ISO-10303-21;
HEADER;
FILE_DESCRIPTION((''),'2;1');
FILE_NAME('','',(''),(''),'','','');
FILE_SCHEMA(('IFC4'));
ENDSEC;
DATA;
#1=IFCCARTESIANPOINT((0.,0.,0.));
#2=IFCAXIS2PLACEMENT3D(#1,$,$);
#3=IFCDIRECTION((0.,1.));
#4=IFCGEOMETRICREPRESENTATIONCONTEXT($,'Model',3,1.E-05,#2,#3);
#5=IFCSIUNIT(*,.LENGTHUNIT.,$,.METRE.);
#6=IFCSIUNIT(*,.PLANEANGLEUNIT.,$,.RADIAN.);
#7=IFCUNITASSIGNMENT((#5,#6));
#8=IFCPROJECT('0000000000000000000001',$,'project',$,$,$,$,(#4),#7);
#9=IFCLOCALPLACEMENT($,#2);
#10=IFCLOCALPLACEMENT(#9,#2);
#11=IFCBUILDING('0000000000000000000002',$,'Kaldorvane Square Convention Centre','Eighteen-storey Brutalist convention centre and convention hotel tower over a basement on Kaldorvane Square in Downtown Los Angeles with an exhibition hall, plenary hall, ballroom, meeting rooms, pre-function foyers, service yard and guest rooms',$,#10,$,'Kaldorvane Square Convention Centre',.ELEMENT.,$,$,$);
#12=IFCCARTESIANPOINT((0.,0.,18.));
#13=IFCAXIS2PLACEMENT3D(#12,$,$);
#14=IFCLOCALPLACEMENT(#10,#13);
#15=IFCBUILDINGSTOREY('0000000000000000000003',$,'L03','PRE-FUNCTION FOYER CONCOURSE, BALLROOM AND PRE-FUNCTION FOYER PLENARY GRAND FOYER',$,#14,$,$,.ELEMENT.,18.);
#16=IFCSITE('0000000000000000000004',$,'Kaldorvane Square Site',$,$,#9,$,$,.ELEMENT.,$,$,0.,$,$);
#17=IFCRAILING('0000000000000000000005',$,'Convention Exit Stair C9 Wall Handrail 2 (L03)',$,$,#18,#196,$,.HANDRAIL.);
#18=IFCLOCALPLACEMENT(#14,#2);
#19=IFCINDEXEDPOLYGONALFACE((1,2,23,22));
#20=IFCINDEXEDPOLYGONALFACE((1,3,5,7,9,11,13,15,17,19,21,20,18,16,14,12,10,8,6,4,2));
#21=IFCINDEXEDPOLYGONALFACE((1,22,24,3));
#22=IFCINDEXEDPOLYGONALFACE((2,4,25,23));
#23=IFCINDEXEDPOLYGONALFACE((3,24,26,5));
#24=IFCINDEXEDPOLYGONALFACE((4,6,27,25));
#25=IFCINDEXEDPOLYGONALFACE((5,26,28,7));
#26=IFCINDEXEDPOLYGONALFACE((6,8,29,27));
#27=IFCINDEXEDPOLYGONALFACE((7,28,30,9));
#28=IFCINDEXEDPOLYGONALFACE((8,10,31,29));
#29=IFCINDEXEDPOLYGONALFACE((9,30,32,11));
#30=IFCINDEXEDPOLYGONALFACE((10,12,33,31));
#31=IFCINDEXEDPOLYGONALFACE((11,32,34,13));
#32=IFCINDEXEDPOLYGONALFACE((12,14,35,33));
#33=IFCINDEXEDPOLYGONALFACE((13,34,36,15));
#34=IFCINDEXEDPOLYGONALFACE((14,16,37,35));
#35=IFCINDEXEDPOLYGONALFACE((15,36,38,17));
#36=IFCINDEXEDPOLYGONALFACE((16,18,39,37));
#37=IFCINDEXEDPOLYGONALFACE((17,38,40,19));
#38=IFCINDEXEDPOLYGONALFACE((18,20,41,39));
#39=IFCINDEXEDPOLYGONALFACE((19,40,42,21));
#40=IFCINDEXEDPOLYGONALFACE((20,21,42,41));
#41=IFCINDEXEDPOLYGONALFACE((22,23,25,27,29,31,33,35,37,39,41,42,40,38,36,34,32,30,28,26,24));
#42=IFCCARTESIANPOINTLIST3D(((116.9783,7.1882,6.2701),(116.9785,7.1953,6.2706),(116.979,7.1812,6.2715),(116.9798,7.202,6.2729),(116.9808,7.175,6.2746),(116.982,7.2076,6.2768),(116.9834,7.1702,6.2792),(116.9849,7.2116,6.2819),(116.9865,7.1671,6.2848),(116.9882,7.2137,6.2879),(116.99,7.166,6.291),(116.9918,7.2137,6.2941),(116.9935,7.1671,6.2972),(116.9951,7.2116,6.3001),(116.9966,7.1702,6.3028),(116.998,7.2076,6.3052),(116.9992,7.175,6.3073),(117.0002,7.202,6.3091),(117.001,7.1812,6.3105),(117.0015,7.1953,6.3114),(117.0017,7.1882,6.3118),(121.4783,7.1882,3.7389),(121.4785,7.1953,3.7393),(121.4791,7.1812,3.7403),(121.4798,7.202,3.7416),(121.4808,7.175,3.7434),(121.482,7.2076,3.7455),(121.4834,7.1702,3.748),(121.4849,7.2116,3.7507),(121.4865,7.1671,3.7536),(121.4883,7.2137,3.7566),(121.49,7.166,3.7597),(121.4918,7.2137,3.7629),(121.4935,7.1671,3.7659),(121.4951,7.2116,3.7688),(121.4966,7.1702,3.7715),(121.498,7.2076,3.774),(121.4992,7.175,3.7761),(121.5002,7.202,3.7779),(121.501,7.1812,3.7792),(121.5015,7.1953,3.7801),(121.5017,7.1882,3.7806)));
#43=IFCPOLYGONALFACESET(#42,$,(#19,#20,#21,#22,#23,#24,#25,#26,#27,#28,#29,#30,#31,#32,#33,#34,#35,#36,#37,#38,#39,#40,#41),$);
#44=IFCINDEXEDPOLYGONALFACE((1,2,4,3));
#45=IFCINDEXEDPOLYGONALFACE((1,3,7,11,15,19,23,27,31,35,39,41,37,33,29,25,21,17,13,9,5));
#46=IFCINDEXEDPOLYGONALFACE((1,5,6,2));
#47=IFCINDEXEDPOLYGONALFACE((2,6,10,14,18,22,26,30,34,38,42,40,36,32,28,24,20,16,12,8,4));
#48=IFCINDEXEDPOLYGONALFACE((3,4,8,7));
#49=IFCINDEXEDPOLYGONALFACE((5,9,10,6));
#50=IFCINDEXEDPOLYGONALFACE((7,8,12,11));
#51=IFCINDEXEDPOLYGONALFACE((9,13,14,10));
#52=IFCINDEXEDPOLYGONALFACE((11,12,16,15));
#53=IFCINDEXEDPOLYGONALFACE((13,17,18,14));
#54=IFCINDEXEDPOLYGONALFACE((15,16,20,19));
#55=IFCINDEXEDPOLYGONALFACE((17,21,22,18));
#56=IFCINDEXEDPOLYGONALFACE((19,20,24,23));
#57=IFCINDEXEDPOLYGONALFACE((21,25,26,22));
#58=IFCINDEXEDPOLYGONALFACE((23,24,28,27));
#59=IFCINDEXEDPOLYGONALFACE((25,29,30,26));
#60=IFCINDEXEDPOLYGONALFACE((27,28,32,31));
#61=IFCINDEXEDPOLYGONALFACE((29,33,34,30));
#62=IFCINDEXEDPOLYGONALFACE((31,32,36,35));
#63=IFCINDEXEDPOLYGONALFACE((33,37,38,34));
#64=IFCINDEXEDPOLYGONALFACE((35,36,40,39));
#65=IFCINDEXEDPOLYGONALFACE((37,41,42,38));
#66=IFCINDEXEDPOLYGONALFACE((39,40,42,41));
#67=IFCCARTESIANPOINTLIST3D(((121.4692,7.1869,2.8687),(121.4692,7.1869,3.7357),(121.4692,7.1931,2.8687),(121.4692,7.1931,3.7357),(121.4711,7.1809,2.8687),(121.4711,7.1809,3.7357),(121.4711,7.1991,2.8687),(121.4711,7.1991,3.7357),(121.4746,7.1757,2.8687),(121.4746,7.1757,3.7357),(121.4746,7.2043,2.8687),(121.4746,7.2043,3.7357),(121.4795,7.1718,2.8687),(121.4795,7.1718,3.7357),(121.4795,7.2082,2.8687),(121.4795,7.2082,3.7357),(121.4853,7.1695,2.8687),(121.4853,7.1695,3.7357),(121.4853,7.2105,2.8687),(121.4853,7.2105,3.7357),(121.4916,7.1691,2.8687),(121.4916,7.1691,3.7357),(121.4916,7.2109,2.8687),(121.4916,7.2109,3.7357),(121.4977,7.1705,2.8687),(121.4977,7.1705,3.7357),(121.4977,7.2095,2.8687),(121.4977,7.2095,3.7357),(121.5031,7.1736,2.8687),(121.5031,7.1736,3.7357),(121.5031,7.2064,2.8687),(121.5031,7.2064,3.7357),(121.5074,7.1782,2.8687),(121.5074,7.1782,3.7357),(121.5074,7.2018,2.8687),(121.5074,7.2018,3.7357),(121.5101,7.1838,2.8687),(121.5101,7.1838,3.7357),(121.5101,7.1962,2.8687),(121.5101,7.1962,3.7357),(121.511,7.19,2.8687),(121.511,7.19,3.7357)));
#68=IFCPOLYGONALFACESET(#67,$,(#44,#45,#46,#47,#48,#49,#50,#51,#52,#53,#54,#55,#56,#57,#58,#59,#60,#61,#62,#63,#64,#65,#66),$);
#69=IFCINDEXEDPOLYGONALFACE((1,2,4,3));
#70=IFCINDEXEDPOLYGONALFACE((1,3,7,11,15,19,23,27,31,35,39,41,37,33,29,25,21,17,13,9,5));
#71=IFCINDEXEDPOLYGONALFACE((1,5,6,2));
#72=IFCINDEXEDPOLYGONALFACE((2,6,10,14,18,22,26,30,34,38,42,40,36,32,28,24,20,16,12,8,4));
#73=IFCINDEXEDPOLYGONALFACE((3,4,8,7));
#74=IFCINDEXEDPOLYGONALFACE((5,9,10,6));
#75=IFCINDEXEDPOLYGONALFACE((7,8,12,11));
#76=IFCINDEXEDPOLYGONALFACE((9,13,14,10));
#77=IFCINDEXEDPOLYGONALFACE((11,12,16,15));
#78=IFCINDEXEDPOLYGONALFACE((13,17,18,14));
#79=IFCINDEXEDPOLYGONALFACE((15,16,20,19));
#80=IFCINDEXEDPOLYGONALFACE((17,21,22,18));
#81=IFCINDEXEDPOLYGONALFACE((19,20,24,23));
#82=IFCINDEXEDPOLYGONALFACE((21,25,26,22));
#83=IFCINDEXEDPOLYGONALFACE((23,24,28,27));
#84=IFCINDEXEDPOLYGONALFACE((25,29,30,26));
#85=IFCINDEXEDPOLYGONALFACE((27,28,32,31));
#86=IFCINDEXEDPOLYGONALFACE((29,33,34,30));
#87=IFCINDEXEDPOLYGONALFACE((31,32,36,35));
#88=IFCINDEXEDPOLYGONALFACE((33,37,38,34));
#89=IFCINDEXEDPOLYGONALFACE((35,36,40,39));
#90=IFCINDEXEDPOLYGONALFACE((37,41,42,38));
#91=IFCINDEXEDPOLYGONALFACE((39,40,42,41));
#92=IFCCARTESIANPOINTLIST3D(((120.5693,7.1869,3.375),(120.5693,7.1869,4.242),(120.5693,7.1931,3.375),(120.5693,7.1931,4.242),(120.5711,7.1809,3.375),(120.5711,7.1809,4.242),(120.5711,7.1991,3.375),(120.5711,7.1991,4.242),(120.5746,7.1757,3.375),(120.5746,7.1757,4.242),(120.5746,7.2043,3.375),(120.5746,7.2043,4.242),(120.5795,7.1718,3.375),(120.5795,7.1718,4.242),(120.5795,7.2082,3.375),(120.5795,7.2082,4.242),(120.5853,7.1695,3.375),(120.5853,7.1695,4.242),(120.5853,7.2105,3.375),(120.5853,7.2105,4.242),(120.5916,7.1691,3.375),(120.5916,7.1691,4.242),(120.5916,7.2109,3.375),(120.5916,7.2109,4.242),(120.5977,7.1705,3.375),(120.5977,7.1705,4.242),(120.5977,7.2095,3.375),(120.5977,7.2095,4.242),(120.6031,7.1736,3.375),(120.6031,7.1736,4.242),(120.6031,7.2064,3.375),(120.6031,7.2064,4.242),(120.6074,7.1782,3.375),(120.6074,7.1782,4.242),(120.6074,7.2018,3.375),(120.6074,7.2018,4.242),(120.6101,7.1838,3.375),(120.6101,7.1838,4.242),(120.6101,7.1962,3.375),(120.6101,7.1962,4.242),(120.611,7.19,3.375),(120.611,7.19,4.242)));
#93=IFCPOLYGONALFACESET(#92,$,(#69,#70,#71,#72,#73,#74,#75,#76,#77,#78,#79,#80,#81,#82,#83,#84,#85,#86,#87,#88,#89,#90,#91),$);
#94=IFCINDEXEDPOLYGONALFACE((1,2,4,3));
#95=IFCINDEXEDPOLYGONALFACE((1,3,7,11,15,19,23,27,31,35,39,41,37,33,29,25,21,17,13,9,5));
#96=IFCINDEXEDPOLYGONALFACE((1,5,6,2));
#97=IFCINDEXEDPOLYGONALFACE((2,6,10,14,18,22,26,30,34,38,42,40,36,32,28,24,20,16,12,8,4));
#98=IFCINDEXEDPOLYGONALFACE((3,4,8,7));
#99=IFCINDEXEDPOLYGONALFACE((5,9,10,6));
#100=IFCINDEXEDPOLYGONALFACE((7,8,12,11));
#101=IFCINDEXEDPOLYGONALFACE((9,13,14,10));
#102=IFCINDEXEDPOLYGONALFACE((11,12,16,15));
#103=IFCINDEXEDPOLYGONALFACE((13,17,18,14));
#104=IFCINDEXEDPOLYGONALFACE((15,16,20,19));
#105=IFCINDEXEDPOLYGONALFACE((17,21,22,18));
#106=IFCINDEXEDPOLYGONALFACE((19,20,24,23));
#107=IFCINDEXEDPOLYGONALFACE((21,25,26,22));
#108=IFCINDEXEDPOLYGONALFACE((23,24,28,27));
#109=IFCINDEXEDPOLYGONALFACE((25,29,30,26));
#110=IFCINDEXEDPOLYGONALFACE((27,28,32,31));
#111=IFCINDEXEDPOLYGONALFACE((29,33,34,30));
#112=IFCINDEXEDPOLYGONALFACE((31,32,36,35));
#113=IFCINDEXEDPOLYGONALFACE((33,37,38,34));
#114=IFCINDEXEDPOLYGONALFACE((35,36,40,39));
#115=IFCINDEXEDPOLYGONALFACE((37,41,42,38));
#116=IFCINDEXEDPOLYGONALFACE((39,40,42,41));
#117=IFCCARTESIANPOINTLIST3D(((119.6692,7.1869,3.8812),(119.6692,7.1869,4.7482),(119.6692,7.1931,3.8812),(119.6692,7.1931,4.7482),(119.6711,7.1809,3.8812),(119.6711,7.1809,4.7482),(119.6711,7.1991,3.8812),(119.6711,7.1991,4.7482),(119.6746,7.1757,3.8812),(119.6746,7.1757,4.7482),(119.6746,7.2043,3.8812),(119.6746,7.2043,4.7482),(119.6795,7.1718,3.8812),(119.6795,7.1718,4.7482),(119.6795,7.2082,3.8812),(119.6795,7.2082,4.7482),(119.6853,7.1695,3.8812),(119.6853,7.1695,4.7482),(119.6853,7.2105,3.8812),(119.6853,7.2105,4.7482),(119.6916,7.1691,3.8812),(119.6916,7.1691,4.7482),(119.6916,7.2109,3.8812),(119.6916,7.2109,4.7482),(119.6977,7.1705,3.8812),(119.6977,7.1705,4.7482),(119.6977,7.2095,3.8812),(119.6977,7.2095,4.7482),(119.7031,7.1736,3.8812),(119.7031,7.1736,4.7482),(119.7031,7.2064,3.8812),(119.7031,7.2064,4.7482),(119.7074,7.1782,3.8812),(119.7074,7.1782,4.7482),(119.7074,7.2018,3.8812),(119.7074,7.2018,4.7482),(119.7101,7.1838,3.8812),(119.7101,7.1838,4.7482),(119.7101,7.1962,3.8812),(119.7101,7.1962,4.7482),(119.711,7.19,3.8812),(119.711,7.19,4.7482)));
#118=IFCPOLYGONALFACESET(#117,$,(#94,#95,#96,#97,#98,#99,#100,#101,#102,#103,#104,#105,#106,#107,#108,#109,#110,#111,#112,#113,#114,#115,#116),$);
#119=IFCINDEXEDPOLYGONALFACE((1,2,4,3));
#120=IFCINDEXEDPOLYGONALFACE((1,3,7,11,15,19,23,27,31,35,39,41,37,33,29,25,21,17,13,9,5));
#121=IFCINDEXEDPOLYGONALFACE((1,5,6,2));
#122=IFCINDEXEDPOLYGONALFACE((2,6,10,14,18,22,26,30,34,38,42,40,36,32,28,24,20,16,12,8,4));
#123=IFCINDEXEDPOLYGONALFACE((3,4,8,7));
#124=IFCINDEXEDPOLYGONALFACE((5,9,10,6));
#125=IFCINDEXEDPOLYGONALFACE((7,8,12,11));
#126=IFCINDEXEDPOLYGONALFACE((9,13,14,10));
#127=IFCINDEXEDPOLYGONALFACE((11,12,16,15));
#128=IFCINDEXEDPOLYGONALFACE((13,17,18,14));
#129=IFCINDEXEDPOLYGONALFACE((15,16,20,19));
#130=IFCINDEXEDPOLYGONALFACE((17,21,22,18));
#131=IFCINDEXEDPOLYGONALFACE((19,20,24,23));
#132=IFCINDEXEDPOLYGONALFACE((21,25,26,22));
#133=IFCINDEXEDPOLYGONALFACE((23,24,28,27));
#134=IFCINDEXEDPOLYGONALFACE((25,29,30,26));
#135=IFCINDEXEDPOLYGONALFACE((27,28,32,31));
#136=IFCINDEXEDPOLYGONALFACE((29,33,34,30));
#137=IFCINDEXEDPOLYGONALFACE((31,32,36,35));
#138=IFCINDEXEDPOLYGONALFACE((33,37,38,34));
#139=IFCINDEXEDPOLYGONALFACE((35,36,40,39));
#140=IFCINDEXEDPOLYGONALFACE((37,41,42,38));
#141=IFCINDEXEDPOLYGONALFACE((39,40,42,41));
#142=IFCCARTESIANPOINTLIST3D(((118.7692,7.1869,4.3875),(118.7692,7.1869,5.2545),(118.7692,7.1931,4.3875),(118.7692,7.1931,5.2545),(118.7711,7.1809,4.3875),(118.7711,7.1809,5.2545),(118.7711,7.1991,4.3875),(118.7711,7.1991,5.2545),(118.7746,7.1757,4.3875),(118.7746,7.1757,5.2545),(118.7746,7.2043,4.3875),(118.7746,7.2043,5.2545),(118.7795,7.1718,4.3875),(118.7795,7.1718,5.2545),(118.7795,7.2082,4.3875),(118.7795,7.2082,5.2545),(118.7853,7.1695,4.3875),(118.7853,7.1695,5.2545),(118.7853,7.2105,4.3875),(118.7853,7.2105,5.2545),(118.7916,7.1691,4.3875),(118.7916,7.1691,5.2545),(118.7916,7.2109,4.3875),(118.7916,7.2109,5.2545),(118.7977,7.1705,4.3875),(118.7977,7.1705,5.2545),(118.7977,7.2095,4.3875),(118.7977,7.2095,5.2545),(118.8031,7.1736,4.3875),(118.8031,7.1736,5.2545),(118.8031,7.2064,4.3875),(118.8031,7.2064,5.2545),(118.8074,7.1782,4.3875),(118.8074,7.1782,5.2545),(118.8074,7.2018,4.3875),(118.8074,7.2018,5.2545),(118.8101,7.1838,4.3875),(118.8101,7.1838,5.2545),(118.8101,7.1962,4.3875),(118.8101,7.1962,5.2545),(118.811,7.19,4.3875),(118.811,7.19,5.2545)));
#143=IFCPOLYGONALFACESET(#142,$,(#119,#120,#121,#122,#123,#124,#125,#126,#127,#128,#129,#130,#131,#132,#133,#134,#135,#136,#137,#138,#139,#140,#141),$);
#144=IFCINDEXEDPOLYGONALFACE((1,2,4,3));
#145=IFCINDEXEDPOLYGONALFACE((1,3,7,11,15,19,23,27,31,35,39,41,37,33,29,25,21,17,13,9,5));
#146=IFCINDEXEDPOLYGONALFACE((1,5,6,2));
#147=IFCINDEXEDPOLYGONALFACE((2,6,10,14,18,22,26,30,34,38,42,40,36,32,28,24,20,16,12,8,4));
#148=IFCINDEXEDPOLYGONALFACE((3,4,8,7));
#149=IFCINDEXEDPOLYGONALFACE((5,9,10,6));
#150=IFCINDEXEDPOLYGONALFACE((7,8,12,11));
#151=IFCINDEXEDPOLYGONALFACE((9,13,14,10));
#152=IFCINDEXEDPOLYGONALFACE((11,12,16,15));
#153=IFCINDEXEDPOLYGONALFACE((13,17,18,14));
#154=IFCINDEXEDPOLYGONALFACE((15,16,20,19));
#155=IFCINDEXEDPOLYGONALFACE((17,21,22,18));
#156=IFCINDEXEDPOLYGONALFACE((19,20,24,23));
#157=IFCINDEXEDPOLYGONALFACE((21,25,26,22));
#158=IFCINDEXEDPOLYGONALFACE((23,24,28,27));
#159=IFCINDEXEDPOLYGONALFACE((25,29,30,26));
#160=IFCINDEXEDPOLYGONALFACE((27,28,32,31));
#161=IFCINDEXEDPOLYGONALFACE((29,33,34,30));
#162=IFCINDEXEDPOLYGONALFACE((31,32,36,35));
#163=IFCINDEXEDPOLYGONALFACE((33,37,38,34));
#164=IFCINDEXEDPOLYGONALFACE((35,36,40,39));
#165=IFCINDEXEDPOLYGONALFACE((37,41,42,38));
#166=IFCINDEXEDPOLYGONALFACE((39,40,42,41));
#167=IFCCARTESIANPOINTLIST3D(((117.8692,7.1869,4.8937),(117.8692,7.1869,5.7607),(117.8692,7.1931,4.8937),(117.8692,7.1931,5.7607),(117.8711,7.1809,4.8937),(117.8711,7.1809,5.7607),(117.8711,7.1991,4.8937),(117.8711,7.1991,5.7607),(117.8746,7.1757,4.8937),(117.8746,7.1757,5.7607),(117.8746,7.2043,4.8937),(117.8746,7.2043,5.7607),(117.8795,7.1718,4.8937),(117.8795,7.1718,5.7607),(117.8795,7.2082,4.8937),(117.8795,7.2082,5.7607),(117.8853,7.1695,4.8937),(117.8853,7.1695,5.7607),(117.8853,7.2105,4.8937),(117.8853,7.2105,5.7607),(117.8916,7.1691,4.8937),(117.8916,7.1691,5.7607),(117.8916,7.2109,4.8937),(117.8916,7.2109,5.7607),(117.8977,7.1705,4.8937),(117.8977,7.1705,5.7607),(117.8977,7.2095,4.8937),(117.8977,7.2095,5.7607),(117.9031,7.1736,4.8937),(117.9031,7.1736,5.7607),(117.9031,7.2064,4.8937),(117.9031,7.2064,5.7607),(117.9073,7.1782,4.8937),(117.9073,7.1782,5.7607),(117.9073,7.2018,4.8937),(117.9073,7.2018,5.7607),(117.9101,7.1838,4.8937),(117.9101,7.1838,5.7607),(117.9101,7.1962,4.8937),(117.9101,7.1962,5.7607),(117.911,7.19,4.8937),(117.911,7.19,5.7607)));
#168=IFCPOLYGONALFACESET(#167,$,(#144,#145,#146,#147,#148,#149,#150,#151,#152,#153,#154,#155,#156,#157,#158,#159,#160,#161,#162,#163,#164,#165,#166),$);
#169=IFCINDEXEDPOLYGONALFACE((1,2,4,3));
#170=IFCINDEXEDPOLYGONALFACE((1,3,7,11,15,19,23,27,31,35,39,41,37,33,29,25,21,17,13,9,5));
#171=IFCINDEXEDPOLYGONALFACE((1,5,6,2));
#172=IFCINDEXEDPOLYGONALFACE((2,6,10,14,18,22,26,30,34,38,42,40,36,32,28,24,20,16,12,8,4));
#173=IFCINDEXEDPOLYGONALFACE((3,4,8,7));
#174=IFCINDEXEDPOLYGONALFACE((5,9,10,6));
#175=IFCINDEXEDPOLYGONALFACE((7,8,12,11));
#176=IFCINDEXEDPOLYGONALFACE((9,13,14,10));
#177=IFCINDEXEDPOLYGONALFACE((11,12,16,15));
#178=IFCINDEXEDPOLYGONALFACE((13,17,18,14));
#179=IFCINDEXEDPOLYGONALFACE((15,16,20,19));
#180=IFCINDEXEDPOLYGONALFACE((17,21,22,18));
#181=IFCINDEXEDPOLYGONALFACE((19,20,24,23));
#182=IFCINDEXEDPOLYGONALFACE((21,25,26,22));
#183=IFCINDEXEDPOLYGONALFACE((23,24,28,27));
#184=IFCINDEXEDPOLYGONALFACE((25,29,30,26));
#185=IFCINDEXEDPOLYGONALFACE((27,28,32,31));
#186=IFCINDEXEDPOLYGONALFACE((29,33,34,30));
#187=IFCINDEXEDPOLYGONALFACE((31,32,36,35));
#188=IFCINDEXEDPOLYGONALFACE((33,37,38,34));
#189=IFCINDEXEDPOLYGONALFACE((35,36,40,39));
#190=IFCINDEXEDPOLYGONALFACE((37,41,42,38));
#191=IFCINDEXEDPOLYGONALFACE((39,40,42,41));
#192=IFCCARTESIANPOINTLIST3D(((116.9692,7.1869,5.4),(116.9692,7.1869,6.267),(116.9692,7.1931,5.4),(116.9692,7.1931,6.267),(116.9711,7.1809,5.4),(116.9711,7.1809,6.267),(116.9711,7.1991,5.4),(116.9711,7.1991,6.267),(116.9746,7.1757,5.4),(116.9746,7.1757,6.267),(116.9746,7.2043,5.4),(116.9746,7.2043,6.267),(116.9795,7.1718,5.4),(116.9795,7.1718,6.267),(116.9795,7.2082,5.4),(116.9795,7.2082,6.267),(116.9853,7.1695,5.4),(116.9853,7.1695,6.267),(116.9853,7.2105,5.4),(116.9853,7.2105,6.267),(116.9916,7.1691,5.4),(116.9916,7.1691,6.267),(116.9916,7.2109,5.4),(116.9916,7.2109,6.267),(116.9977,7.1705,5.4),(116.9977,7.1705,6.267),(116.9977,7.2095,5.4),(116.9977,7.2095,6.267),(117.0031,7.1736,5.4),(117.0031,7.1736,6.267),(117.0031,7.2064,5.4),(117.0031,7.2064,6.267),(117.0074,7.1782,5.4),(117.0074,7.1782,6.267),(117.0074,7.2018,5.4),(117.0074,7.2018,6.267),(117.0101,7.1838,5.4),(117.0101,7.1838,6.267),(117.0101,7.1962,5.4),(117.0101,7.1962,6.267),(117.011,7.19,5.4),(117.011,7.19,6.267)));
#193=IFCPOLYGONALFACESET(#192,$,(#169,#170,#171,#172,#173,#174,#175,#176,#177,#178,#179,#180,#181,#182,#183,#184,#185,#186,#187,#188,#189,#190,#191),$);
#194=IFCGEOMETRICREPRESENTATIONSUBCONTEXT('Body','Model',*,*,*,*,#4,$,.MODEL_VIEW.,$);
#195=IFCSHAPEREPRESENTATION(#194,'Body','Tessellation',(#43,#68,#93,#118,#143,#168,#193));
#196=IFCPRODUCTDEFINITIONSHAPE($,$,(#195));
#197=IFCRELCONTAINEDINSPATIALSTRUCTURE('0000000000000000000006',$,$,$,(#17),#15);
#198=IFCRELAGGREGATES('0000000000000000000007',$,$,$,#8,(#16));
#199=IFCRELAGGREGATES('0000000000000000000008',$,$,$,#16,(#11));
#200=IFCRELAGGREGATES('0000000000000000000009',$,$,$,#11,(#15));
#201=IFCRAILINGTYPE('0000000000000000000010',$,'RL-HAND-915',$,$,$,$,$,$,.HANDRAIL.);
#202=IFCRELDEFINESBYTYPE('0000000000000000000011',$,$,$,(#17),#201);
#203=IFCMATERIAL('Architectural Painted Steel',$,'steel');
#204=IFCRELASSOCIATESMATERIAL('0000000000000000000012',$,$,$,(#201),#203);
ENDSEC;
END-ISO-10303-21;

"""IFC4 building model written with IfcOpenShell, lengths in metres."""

from ifc_helpers import new_model, si_unit, direction, frame, origin, origin_2d, place, context, subcontext, project, spatial, circle, extrude, material, type_object, element, save


model = new_model("IFC4")

# Units and contexts
model_context = context("Model", 3, precision=1e-05, world=origin(), true_north=direction((0.0, 1.0)))
body_context = subcontext(model_context, "Body", "Model", "MODEL_VIEW")
ifc_project = project(units=[si_unit("LENGTHUNIT", "METRE"), si_unit("PLANEANGLEUNIT", "RADIAN")], contexts=[model_context])

# Site, building, storey
site_placement = place(None, origin())
site = spatial("IfcSite", under=ifc_project, at=site_placement, Name="Kaldorvane Square Site", CompositionType="ELEMENT", RefElevation=0.0)
building_placement = place(site_placement, origin())
building = spatial("IfcBuilding", under=site, at=building_placement, Name="Kaldorvane Square Convention Centre", Description="Eighteen-storey Brutalist convention centre and convention hotel tower over a basement on Kaldorvane Square in Downtown Los Angeles with an exhibition hall, plenary hall, ballroom, meeting rooms, pre-function foyers, service yard and guest rooms", LongName="Kaldorvane Square Convention Centre", CompositionType="ELEMENT")
storey_placement = place(building_placement, frame((0.0, 0.0, 18.0)))
storey = spatial("IfcBuildingStorey", under=building, at=storey_placement, Name="L03", Description="PRE-FUNCTION FOYER CONCOURSE, BALLROOM AND PRE-FUNCTION FOYER PLENARY GRAND FOYER", CompositionType="ELEMENT", Elevation=18.0)

# Railing
ifc_material_1 = material(Name="Architectural Painted Steel", Category="steel")
railing_type_1 = type_object("IfcRailingType", Name="RL-HAND-915", PredefinedType="HANDRAIL", material=ifc_material_1)
railing_1_placement = place(storey_placement, frame((121.49, 7.19, 2.8687)))
element("IfcRailing", 1, at=railing_1_placement, inside=storey, type_object=railing_type_1, Name="Convention Exit Stair C9 Wall Handrail 2 (L03)", PredefinedType="HANDRAIL", context=body_context, shape_type="SweptSolid", body=[
    extrude(circle(Radius=0.024, at=origin_2d()), frame((0.0, 0.0, 0.891), z_axis=(-0.871576, 0.0, 0.490261), x_axis=(0.0, -1.0, 0.0)), (0.0, 0.0, 1.0), 5.1631),
    extrude(circle(Radius=0.021, at=origin_2d()), origin(), (0.0, 0.0, 1.0), 0.867),
    extrude(circle(Radius=0.021, at=origin_2d()), frame((-0.9, 0.0, 0.5063)), (0.0, 0.0, 1.0), 0.867),
    extrude(circle(Radius=0.021, at=origin_2d()), frame((-1.8, 0.0, 1.0125)), (0.0, 0.0, 1.0), 0.867),
    extrude(circle(Radius=0.021, at=origin_2d()), frame((-2.7, 0.0, 1.5188)), (0.0, 0.0, 1.0), 0.867),
    extrude(circle(Radius=0.021, at=origin_2d()), frame((-3.6, 0.0, 2.025)), (0.0, 0.0, 1.0), 0.867),
    extrude(circle(Radius=0.021, at=origin_2d()), frame((-4.5, 0.0, 2.5312)), (0.0, 0.0, 1.0), 0.867),
])

save(model, "model.ifc")
